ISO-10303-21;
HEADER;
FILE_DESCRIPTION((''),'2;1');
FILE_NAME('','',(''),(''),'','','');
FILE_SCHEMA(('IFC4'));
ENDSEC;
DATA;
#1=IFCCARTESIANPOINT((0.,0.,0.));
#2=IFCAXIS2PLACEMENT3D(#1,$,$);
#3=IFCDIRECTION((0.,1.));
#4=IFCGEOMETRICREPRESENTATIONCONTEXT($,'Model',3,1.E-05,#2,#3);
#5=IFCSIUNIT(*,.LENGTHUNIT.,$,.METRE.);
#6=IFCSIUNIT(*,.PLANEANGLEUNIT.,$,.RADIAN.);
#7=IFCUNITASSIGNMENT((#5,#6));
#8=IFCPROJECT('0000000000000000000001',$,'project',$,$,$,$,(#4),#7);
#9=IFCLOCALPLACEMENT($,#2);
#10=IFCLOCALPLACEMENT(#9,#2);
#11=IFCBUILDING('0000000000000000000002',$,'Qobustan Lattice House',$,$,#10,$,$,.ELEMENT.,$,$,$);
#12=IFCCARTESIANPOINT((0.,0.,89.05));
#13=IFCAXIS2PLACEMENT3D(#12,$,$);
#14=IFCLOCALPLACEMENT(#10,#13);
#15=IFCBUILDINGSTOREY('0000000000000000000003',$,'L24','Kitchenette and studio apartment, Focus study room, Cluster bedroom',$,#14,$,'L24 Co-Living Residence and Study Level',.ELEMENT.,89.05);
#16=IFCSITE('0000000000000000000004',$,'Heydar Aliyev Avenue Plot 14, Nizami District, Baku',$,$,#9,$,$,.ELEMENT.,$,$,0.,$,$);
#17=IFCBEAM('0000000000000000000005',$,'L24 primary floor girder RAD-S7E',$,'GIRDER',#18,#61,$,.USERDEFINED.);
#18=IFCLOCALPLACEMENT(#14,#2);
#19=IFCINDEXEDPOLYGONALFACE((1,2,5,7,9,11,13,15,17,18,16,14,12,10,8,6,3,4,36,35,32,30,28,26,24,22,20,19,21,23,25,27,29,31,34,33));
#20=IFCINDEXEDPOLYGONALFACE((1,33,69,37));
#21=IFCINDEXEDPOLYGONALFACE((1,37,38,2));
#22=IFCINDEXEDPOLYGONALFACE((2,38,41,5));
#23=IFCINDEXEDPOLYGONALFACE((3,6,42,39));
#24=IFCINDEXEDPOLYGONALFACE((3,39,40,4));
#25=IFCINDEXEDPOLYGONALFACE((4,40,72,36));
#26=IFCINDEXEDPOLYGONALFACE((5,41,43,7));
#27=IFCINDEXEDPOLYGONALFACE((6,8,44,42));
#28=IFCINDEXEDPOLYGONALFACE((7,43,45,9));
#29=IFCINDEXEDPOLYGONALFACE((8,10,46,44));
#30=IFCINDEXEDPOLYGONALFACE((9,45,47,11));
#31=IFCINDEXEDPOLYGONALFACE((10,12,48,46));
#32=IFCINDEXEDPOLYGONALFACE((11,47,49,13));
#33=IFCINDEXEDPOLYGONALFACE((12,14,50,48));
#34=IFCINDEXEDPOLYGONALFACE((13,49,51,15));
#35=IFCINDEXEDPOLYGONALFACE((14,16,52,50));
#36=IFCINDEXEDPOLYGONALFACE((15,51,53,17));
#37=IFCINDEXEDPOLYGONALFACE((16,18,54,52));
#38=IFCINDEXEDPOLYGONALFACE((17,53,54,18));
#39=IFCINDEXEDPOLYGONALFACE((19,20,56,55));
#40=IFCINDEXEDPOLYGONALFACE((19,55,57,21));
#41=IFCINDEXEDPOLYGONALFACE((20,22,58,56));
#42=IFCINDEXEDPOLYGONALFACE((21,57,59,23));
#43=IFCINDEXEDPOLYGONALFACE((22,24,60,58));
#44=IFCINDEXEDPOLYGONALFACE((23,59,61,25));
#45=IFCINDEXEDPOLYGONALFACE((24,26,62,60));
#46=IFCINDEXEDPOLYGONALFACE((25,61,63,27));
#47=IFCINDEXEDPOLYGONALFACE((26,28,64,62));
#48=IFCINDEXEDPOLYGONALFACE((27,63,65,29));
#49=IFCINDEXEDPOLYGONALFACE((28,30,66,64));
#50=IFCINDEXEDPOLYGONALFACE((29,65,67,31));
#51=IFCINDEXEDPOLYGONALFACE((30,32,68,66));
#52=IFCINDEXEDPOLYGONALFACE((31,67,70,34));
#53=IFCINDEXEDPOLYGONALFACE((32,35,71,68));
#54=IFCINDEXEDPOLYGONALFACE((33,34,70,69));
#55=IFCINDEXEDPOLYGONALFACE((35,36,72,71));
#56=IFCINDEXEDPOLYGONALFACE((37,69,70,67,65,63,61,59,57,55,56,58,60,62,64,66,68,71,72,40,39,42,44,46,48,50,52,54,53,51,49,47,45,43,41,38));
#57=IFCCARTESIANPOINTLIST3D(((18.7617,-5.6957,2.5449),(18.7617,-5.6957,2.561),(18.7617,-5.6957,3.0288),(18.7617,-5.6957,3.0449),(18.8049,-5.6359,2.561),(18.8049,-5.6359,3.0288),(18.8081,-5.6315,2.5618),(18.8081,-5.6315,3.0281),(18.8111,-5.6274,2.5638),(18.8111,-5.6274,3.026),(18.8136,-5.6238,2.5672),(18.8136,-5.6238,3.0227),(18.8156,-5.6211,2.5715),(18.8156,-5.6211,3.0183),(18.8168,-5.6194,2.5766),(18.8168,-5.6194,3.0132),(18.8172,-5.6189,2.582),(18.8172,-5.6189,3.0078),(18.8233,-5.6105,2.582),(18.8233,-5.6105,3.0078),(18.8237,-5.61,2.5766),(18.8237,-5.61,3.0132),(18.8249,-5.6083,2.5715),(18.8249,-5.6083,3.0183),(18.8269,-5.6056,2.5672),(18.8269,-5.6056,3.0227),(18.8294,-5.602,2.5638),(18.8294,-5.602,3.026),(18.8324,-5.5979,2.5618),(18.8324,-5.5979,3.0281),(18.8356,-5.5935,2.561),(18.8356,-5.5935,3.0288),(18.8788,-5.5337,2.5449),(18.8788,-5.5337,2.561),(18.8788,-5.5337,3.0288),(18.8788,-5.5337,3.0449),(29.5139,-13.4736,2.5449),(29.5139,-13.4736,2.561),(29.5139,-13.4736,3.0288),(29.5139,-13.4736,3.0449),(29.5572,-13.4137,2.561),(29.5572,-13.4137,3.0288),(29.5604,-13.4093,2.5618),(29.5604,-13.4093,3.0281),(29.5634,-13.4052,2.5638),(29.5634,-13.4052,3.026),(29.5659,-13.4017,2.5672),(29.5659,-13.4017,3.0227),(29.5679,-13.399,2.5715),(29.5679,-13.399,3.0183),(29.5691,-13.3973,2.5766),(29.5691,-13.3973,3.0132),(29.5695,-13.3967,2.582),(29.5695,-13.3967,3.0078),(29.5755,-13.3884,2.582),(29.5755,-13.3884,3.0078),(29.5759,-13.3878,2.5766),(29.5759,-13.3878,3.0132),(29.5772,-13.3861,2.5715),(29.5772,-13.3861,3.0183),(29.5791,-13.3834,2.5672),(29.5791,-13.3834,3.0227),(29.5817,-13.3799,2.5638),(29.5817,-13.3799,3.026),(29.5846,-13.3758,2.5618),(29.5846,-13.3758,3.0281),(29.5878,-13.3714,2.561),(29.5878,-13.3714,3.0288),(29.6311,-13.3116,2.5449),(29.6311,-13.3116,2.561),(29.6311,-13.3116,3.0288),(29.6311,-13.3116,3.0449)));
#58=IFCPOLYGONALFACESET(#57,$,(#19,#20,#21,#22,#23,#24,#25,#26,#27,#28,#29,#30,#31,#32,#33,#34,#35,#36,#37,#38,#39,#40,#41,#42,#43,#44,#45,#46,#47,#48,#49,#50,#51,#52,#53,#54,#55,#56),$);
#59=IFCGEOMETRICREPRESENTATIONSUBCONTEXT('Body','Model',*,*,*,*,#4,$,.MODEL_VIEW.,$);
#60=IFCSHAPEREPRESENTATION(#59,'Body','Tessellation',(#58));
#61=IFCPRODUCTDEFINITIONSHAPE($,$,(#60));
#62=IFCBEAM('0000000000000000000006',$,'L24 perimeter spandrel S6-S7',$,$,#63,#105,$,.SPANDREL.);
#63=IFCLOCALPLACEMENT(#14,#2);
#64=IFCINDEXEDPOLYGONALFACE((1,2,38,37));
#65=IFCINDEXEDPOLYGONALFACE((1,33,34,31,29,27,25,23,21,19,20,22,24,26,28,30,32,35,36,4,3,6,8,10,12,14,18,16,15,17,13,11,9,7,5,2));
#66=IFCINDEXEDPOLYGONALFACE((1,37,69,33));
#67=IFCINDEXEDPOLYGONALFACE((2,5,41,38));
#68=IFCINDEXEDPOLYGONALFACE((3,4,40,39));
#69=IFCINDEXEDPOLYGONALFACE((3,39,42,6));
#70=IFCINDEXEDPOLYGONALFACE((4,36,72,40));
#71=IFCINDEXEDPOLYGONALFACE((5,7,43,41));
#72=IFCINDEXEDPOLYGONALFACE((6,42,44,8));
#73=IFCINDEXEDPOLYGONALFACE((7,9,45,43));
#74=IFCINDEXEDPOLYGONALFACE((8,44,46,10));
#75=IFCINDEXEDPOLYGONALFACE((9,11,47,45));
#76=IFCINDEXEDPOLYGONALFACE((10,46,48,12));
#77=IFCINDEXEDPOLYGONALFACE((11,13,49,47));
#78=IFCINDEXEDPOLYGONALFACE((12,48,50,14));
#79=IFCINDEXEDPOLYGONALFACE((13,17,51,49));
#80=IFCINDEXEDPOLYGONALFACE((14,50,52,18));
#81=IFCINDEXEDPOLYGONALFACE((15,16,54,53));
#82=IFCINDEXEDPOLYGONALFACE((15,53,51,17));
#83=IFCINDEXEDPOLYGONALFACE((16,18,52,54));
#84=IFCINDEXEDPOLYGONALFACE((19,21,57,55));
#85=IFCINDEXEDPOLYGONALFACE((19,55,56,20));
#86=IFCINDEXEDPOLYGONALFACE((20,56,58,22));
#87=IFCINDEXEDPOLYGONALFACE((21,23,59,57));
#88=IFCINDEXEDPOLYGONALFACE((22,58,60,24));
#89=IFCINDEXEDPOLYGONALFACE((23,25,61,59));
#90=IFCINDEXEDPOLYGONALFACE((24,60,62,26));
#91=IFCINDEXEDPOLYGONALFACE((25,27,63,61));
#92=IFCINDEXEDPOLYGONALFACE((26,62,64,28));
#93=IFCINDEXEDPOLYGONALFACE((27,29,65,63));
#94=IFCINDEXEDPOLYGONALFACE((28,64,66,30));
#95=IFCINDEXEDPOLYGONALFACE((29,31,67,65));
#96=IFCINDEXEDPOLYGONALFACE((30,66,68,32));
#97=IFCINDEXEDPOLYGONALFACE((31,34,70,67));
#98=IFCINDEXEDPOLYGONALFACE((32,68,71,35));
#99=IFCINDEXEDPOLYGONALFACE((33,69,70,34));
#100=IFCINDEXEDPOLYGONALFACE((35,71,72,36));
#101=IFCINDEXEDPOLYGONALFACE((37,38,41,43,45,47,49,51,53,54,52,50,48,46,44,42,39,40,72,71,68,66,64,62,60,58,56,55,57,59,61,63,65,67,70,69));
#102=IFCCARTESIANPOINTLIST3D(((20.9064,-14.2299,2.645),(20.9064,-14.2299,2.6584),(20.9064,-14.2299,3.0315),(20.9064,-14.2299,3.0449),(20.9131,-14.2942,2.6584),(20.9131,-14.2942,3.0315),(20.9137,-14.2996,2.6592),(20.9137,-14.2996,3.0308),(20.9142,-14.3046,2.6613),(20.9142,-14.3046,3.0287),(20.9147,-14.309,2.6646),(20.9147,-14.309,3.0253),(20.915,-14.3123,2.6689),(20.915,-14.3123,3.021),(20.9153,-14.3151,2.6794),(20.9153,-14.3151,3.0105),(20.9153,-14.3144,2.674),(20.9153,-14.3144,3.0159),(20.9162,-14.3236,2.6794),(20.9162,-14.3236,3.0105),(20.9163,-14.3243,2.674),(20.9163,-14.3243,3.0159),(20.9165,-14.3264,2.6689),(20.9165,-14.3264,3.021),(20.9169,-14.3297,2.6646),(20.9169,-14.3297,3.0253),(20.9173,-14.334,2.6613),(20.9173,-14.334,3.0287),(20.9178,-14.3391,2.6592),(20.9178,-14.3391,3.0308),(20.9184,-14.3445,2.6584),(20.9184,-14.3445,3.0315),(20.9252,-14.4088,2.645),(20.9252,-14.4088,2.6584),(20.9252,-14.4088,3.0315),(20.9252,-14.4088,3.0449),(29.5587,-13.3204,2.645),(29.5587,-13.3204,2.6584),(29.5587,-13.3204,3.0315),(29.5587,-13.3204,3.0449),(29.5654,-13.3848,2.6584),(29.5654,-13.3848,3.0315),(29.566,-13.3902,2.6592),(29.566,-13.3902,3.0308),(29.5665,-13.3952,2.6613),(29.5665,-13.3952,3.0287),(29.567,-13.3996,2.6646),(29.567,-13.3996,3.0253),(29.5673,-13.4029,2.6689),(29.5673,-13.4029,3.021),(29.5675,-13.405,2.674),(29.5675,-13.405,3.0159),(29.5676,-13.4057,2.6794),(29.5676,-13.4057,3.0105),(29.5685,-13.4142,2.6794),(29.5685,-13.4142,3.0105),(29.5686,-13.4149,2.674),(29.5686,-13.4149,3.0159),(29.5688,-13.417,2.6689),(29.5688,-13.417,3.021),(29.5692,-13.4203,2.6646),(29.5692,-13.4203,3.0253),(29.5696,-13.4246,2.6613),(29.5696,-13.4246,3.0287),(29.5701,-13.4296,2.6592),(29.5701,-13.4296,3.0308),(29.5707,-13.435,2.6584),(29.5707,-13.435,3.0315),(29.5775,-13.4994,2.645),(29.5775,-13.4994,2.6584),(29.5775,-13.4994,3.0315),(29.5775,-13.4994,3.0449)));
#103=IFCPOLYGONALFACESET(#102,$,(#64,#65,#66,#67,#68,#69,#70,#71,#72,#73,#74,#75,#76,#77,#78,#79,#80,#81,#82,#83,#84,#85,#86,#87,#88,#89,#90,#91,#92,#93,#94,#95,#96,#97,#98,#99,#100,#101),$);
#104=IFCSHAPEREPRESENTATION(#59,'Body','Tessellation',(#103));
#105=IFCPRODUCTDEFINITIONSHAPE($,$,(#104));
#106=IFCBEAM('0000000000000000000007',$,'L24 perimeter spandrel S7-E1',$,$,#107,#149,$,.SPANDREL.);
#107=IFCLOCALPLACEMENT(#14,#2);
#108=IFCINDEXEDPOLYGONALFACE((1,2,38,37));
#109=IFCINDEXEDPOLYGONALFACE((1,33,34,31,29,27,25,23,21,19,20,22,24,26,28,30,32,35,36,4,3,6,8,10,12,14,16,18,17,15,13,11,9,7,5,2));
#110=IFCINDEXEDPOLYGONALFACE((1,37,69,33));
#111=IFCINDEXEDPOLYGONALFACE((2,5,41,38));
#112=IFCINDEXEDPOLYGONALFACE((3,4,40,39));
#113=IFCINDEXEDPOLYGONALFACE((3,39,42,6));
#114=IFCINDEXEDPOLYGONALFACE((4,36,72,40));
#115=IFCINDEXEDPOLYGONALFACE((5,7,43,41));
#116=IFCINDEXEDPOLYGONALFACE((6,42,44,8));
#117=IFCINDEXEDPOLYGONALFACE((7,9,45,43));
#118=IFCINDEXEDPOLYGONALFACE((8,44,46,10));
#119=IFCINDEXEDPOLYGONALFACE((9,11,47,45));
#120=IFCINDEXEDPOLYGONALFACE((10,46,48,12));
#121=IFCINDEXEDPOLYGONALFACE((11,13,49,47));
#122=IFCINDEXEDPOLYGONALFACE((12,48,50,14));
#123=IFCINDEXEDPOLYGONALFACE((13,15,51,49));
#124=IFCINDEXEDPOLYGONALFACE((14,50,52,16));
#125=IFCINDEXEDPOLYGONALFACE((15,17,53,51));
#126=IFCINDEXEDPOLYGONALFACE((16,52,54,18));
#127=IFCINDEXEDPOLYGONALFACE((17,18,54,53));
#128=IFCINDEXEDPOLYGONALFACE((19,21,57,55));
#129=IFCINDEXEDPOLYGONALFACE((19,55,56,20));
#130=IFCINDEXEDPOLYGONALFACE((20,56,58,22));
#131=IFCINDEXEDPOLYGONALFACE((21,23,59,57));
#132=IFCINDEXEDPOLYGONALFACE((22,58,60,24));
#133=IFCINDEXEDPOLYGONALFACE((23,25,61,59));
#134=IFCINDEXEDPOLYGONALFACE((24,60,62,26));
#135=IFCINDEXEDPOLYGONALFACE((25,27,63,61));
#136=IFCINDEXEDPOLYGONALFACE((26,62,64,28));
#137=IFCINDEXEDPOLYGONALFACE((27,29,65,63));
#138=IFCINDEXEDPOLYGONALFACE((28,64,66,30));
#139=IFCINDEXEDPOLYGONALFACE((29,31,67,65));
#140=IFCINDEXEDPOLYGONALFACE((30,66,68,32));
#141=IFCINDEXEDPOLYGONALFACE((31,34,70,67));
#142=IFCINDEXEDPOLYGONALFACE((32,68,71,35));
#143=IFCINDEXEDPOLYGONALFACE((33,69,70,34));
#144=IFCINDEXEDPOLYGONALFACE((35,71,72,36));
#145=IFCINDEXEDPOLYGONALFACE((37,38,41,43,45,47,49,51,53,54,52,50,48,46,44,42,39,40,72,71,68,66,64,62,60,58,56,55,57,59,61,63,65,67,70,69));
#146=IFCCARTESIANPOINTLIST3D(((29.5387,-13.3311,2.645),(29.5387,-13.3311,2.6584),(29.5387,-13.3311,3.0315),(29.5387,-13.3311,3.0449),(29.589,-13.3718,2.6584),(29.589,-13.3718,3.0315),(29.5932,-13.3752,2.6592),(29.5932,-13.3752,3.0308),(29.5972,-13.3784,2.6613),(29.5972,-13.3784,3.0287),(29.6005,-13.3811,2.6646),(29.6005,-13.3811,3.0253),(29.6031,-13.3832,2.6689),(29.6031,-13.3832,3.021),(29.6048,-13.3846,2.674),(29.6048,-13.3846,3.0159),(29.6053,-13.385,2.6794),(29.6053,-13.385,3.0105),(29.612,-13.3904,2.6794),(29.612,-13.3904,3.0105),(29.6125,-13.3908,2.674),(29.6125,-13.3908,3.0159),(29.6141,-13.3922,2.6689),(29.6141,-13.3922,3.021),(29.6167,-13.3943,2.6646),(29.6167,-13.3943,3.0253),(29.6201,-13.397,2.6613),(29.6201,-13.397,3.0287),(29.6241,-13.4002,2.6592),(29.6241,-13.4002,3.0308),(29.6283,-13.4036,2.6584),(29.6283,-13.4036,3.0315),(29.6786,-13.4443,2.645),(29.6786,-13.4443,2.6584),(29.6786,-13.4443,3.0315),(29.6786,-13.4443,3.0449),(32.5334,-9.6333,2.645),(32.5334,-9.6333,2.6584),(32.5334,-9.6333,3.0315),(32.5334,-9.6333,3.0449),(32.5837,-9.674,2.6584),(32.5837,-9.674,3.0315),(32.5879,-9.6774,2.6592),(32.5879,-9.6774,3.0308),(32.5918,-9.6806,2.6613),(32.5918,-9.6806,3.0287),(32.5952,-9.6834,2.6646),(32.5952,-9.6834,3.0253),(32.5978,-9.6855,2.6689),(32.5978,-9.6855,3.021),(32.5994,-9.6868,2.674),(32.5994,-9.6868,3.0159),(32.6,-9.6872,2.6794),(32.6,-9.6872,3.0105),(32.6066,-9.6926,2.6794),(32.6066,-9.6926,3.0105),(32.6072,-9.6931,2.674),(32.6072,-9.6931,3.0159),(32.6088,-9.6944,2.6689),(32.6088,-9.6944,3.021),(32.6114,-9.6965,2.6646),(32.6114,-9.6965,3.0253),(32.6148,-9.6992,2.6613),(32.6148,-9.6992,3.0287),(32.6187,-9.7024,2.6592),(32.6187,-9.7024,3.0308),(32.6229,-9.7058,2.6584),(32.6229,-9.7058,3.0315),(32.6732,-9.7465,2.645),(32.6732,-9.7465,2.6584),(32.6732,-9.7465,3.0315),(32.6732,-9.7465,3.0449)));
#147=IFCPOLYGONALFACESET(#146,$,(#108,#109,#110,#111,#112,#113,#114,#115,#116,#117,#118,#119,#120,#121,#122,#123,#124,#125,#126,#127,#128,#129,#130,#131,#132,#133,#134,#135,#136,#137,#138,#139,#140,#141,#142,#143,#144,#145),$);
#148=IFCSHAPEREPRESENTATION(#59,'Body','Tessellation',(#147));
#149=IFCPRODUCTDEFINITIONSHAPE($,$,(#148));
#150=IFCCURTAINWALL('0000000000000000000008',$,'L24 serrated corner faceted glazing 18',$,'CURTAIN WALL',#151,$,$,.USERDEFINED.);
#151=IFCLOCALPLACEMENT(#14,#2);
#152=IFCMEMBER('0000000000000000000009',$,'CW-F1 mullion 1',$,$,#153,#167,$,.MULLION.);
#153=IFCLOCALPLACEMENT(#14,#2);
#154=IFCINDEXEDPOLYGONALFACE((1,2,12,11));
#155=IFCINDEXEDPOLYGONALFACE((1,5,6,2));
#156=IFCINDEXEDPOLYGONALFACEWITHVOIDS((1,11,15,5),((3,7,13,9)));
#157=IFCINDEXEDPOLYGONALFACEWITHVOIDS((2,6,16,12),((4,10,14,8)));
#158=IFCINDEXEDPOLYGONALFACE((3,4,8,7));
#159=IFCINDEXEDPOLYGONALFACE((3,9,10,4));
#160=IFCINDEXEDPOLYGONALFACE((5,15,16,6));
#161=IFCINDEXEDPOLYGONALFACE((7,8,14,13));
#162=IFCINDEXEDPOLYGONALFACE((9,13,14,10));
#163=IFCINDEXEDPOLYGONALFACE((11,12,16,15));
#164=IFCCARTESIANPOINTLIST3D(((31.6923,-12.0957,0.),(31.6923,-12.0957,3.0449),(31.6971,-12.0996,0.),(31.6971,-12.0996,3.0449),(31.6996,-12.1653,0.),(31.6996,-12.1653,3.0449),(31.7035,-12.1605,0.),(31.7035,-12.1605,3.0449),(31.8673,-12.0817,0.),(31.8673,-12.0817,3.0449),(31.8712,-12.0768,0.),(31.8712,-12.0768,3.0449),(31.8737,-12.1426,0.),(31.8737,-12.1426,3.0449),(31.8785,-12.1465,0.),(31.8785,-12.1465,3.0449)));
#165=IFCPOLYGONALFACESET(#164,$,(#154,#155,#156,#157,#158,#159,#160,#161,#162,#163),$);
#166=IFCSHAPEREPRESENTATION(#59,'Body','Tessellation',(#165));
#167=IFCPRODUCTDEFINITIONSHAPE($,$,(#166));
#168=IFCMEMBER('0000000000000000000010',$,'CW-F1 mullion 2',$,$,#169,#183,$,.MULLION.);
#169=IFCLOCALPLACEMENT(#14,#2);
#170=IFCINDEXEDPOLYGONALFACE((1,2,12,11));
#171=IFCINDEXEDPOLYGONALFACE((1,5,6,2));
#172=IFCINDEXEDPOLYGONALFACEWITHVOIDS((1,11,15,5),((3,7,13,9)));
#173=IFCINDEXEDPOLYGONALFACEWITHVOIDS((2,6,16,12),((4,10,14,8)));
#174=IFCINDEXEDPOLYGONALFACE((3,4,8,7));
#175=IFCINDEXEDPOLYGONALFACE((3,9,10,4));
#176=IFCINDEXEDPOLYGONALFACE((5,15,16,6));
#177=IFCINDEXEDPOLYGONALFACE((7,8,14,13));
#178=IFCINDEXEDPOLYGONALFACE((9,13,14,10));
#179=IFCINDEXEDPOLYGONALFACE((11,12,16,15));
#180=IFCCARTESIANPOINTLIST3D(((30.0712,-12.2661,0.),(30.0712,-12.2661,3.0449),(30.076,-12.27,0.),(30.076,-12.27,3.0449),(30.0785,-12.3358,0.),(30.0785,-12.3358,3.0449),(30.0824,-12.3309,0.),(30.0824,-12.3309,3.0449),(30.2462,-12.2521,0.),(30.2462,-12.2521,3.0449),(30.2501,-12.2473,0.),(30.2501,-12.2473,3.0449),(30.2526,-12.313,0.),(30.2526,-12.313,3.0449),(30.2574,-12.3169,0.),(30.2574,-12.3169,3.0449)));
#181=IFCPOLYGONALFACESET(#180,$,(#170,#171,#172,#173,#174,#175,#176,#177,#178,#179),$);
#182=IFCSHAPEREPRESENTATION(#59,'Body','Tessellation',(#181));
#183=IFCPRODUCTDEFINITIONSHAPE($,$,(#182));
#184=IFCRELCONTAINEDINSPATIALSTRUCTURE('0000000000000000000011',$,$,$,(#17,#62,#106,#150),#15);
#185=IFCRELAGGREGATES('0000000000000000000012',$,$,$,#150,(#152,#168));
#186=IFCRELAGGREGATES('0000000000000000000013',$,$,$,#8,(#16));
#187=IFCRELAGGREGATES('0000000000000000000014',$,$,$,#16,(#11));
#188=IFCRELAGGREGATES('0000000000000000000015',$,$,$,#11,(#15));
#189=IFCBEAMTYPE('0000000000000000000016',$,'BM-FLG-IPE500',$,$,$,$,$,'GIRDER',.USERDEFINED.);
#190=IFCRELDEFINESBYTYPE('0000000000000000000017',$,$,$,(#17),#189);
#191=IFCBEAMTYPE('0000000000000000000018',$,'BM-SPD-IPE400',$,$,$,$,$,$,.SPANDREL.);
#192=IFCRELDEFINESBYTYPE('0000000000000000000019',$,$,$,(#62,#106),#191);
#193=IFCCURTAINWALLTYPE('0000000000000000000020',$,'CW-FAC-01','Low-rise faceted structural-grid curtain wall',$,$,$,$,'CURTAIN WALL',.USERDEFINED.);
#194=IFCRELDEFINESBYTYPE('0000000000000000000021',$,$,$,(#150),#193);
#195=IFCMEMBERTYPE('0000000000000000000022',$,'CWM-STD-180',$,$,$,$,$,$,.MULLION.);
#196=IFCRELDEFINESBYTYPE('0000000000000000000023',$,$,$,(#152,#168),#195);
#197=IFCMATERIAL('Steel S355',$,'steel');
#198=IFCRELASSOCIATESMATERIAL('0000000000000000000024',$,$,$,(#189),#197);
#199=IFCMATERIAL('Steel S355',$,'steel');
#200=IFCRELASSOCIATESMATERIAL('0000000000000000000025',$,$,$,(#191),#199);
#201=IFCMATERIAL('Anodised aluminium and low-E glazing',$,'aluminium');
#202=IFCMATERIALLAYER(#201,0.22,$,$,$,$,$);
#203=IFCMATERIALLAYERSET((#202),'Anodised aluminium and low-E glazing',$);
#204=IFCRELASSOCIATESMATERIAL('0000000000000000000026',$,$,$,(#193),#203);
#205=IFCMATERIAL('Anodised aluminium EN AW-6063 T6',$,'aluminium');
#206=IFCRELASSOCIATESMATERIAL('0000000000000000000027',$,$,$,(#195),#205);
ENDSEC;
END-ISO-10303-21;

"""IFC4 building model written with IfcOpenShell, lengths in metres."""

from ifc_helpers import new_model, si_unit, direction, frame, origin, origin_2d, place, context, subcontext, project, spatial, hollow_rectangle, i_section, extrude, material, layer, layer_set, material_profile, profile_set, type_object, element, aggregate, save


model = new_model("IFC4")

# Units and contexts
model_context = context("Model", 3, precision=1e-05, world=origin(), true_north=direction((0.0, 1.0)))
body_context = subcontext(model_context, "Body", "Model", "MODEL_VIEW")
ifc_project = project(units=[si_unit("LENGTHUNIT", "METRE"), si_unit("PLANEANGLEUNIT", "RADIAN")], contexts=[model_context])

# Site, building, storey
site_placement = place(None, origin())
site = spatial("IfcSite", under=ifc_project, at=site_placement, Name="Heydar Aliyev Avenue Plot 14, Nizami District, Baku", CompositionType="ELEMENT", RefElevation=0.0)
building_placement = place(site_placement, origin())
building = spatial("IfcBuilding", under=site, at=building_placement, Name="Qobustan Lattice House", CompositionType="ELEMENT")
storey_placement = place(building_placement, frame((0.0, 0.0, 89.05)))
storey = spatial("IfcBuildingStorey", under=building, at=storey_placement, Name="L24", Description="Kitchenette and studio apartment, Focus study room, Cluster bedroom", LongName="L24 Co-Living Residence and Study Level", CompositionType="ELEMENT", Elevation=89.05)

# Beams
ifc_material_1 = material(Name="Steel S355", Category="steel")
ifc_material_profile_1 = material_profile(ifc_material_1, i_section(OverallWidth=0.2, OverallDepth=0.5, WebThickness=0.0103, FlangeThickness=0.0161, FilletRadius=0.021, at=origin_2d()), Name="IPE500")
ifc_profile_set_1 = profile_set([ifc_material_profile_1], Name="Steel S355")
beam_type_1 = type_object("IfcBeamType", Name="BM-FLG-IPE500", ElementType="GIRDER", PredefinedType="USERDEFINED", material=ifc_profile_set_1)
beam_1_placement = place(storey_placement, frame((29.5725, -13.3926, 2.7949), z_axis=(-0.810237, 0.586102, 0.0), x_axis=(-0.586102, -0.810237, 0.0)))
element("IfcBeam", 1, at=beam_1_placement, inside=storey, type_object=beam_type_1, Name="L24 primary floor girder RAD-S7E", ObjectType="GIRDER", PredefinedType="USERDEFINED", context=body_context, shape_type="SweptSolid", body=[
    extrude(i_section(OverallWidth=0.2, OverallDepth=0.5, WebThickness=0.0103, FlangeThickness=0.0161, FilletRadius=0.021, at=origin_2d()), origin(), (0.0, 0.0, 1.0), 13.2705),
])
ifc_material_2 = material(Name="Steel S355", Category="steel")
ifc_material_profile_2 = material_profile(ifc_material_2, i_section(OverallWidth=0.1799, OverallDepth=0.3999, WebThickness=0.0085, FlangeThickness=0.0134, FilletRadius=0.021, at=origin_2d()), Name="IPE400")
ifc_profile_set_2 = profile_set([ifc_material_profile_2], Name="Steel S355")
beam_type_2 = type_object("IfcBeamType", Name="BM-SPD-IPE400", PredefinedType="SPANDREL", material=ifc_profile_set_2)
beam_2_placement = place(storey_placement, frame((20.9158, -14.3193, 2.845), z_axis=(0.994522, 0.104531, 0.0), x_axis=(-0.104531, 0.994522, 0.0)))
element("IfcBeam", 2, at=beam_2_placement, inside=storey, type_object=beam_type_2, Name="L24 perimeter spandrel S6-S7", PredefinedType="SPANDREL", context=body_context, shape_type="SweptSolid", body=[
    extrude(i_section(OverallWidth=0.1799, OverallDepth=0.3999, WebThickness=0.0085, FlangeThickness=0.0134, FilletRadius=0.021, at=origin_2d()), origin(), (0.0, 0.0, 1.0), 8.7),
])
beam_3_placement = place(storey_placement, frame((29.6086, -13.3877, 2.845), z_axis=(0.629352, 0.777121, 0.0), x_axis=(-0.777121, 0.629352, 0.0)))
element("IfcBeam", 3, at=beam_3_placement, inside=storey, type_object=beam_type_2, Name="L24 perimeter spandrel S7-E1", PredefinedType="SPANDREL", context=body_context, shape_type="SweptSolid", body=[
    extrude(i_section(OverallWidth=0.1799, OverallDepth=0.3999, WebThickness=0.0085, FlangeThickness=0.0134, FilletRadius=0.021, at=origin_2d()), origin(), (0.0, 0.0, 1.0), 4.7583),
])

# Curtain wall, members
ifc_material_3 = material(Name="Anodised aluminium and low-E glazing", Category="aluminium")
ifc_layer_1 = layer(ifc_material_3, 0.22)
ifc_layer_set_1 = layer_set([ifc_layer_1], Name="Anodised aluminium and low-E glazing")
curtain_wall_type = type_object("IfcCurtainWallType", Name="CW-FAC-01", Description="Low-rise faceted structural-grid curtain wall", ElementType="CURTAIN WALL", PredefinedType="USERDEFINED", material=ifc_layer_set_1)
curtain_wall_placement = place(storey_placement, origin())
curtain_wall = element("IfcCurtainWall", 4, at=curtain_wall_placement, inside=storey, type_object=curtain_wall_type, Name="L24 serrated corner faceted glazing 18", ObjectType="CURTAIN WALL", PredefinedType="USERDEFINED")
ifc_material_4 = material(Name="Anodised aluminium EN AW-6063 T6", Category="aluminium")
ifc_material_profile_3 = material_profile(ifc_material_4, hollow_rectangle(XDim=0.0701, YDim=0.1799, WallThickness=0.0044, at=origin_2d()), Name="CWM-180x70")
ifc_profile_set_3 = profile_set([ifc_material_profile_3], Name="Anodised aluminium EN AW-6063 T6")
member_type_1 = type_object("IfcMemberType", Name="CWM-STD-180", PredefinedType="MULLION", material=ifc_profile_set_3)
member_1_placement = place(storey_placement, frame((31.7854, -12.1211, 0.0), z_axis=(0.0, 0.0, 1.0), x_axis=(0.104529, -0.994522, 0.0)))
member_1 = element("IfcMember", 5, at=member_1_placement, type_object=member_type_1, Name="CW-F1 mullion 1", PredefinedType="MULLION", context=body_context, shape_type="SweptSolid", body=[
    extrude(hollow_rectangle(XDim=0.0701, YDim=0.1799, WallThickness=0.0044, at=origin_2d()), origin(), (0.0, 0.0, 1.0), 3.0449),
])
member_2_placement = place(storey_placement, frame((30.1643, -12.2915, 0.0), z_axis=(0.0, 0.0, 1.0), x_axis=(0.104529, -0.994522, 0.0)))
member_2 = element("IfcMember", 6, at=member_2_placement, type_object=member_type_1, Name="CW-F1 mullion 2", PredefinedType="MULLION", context=body_context, shape_type="SweptSolid", body=[
    extrude(hollow_rectangle(XDim=0.0701, YDim=0.1799, WallThickness=0.0044, at=origin_2d()), origin(), (0.0, 0.0, 1.0), 3.0449),
])
aggregate(curtain_wall, [member_1, member_2])

save(model, "model.ifc")
